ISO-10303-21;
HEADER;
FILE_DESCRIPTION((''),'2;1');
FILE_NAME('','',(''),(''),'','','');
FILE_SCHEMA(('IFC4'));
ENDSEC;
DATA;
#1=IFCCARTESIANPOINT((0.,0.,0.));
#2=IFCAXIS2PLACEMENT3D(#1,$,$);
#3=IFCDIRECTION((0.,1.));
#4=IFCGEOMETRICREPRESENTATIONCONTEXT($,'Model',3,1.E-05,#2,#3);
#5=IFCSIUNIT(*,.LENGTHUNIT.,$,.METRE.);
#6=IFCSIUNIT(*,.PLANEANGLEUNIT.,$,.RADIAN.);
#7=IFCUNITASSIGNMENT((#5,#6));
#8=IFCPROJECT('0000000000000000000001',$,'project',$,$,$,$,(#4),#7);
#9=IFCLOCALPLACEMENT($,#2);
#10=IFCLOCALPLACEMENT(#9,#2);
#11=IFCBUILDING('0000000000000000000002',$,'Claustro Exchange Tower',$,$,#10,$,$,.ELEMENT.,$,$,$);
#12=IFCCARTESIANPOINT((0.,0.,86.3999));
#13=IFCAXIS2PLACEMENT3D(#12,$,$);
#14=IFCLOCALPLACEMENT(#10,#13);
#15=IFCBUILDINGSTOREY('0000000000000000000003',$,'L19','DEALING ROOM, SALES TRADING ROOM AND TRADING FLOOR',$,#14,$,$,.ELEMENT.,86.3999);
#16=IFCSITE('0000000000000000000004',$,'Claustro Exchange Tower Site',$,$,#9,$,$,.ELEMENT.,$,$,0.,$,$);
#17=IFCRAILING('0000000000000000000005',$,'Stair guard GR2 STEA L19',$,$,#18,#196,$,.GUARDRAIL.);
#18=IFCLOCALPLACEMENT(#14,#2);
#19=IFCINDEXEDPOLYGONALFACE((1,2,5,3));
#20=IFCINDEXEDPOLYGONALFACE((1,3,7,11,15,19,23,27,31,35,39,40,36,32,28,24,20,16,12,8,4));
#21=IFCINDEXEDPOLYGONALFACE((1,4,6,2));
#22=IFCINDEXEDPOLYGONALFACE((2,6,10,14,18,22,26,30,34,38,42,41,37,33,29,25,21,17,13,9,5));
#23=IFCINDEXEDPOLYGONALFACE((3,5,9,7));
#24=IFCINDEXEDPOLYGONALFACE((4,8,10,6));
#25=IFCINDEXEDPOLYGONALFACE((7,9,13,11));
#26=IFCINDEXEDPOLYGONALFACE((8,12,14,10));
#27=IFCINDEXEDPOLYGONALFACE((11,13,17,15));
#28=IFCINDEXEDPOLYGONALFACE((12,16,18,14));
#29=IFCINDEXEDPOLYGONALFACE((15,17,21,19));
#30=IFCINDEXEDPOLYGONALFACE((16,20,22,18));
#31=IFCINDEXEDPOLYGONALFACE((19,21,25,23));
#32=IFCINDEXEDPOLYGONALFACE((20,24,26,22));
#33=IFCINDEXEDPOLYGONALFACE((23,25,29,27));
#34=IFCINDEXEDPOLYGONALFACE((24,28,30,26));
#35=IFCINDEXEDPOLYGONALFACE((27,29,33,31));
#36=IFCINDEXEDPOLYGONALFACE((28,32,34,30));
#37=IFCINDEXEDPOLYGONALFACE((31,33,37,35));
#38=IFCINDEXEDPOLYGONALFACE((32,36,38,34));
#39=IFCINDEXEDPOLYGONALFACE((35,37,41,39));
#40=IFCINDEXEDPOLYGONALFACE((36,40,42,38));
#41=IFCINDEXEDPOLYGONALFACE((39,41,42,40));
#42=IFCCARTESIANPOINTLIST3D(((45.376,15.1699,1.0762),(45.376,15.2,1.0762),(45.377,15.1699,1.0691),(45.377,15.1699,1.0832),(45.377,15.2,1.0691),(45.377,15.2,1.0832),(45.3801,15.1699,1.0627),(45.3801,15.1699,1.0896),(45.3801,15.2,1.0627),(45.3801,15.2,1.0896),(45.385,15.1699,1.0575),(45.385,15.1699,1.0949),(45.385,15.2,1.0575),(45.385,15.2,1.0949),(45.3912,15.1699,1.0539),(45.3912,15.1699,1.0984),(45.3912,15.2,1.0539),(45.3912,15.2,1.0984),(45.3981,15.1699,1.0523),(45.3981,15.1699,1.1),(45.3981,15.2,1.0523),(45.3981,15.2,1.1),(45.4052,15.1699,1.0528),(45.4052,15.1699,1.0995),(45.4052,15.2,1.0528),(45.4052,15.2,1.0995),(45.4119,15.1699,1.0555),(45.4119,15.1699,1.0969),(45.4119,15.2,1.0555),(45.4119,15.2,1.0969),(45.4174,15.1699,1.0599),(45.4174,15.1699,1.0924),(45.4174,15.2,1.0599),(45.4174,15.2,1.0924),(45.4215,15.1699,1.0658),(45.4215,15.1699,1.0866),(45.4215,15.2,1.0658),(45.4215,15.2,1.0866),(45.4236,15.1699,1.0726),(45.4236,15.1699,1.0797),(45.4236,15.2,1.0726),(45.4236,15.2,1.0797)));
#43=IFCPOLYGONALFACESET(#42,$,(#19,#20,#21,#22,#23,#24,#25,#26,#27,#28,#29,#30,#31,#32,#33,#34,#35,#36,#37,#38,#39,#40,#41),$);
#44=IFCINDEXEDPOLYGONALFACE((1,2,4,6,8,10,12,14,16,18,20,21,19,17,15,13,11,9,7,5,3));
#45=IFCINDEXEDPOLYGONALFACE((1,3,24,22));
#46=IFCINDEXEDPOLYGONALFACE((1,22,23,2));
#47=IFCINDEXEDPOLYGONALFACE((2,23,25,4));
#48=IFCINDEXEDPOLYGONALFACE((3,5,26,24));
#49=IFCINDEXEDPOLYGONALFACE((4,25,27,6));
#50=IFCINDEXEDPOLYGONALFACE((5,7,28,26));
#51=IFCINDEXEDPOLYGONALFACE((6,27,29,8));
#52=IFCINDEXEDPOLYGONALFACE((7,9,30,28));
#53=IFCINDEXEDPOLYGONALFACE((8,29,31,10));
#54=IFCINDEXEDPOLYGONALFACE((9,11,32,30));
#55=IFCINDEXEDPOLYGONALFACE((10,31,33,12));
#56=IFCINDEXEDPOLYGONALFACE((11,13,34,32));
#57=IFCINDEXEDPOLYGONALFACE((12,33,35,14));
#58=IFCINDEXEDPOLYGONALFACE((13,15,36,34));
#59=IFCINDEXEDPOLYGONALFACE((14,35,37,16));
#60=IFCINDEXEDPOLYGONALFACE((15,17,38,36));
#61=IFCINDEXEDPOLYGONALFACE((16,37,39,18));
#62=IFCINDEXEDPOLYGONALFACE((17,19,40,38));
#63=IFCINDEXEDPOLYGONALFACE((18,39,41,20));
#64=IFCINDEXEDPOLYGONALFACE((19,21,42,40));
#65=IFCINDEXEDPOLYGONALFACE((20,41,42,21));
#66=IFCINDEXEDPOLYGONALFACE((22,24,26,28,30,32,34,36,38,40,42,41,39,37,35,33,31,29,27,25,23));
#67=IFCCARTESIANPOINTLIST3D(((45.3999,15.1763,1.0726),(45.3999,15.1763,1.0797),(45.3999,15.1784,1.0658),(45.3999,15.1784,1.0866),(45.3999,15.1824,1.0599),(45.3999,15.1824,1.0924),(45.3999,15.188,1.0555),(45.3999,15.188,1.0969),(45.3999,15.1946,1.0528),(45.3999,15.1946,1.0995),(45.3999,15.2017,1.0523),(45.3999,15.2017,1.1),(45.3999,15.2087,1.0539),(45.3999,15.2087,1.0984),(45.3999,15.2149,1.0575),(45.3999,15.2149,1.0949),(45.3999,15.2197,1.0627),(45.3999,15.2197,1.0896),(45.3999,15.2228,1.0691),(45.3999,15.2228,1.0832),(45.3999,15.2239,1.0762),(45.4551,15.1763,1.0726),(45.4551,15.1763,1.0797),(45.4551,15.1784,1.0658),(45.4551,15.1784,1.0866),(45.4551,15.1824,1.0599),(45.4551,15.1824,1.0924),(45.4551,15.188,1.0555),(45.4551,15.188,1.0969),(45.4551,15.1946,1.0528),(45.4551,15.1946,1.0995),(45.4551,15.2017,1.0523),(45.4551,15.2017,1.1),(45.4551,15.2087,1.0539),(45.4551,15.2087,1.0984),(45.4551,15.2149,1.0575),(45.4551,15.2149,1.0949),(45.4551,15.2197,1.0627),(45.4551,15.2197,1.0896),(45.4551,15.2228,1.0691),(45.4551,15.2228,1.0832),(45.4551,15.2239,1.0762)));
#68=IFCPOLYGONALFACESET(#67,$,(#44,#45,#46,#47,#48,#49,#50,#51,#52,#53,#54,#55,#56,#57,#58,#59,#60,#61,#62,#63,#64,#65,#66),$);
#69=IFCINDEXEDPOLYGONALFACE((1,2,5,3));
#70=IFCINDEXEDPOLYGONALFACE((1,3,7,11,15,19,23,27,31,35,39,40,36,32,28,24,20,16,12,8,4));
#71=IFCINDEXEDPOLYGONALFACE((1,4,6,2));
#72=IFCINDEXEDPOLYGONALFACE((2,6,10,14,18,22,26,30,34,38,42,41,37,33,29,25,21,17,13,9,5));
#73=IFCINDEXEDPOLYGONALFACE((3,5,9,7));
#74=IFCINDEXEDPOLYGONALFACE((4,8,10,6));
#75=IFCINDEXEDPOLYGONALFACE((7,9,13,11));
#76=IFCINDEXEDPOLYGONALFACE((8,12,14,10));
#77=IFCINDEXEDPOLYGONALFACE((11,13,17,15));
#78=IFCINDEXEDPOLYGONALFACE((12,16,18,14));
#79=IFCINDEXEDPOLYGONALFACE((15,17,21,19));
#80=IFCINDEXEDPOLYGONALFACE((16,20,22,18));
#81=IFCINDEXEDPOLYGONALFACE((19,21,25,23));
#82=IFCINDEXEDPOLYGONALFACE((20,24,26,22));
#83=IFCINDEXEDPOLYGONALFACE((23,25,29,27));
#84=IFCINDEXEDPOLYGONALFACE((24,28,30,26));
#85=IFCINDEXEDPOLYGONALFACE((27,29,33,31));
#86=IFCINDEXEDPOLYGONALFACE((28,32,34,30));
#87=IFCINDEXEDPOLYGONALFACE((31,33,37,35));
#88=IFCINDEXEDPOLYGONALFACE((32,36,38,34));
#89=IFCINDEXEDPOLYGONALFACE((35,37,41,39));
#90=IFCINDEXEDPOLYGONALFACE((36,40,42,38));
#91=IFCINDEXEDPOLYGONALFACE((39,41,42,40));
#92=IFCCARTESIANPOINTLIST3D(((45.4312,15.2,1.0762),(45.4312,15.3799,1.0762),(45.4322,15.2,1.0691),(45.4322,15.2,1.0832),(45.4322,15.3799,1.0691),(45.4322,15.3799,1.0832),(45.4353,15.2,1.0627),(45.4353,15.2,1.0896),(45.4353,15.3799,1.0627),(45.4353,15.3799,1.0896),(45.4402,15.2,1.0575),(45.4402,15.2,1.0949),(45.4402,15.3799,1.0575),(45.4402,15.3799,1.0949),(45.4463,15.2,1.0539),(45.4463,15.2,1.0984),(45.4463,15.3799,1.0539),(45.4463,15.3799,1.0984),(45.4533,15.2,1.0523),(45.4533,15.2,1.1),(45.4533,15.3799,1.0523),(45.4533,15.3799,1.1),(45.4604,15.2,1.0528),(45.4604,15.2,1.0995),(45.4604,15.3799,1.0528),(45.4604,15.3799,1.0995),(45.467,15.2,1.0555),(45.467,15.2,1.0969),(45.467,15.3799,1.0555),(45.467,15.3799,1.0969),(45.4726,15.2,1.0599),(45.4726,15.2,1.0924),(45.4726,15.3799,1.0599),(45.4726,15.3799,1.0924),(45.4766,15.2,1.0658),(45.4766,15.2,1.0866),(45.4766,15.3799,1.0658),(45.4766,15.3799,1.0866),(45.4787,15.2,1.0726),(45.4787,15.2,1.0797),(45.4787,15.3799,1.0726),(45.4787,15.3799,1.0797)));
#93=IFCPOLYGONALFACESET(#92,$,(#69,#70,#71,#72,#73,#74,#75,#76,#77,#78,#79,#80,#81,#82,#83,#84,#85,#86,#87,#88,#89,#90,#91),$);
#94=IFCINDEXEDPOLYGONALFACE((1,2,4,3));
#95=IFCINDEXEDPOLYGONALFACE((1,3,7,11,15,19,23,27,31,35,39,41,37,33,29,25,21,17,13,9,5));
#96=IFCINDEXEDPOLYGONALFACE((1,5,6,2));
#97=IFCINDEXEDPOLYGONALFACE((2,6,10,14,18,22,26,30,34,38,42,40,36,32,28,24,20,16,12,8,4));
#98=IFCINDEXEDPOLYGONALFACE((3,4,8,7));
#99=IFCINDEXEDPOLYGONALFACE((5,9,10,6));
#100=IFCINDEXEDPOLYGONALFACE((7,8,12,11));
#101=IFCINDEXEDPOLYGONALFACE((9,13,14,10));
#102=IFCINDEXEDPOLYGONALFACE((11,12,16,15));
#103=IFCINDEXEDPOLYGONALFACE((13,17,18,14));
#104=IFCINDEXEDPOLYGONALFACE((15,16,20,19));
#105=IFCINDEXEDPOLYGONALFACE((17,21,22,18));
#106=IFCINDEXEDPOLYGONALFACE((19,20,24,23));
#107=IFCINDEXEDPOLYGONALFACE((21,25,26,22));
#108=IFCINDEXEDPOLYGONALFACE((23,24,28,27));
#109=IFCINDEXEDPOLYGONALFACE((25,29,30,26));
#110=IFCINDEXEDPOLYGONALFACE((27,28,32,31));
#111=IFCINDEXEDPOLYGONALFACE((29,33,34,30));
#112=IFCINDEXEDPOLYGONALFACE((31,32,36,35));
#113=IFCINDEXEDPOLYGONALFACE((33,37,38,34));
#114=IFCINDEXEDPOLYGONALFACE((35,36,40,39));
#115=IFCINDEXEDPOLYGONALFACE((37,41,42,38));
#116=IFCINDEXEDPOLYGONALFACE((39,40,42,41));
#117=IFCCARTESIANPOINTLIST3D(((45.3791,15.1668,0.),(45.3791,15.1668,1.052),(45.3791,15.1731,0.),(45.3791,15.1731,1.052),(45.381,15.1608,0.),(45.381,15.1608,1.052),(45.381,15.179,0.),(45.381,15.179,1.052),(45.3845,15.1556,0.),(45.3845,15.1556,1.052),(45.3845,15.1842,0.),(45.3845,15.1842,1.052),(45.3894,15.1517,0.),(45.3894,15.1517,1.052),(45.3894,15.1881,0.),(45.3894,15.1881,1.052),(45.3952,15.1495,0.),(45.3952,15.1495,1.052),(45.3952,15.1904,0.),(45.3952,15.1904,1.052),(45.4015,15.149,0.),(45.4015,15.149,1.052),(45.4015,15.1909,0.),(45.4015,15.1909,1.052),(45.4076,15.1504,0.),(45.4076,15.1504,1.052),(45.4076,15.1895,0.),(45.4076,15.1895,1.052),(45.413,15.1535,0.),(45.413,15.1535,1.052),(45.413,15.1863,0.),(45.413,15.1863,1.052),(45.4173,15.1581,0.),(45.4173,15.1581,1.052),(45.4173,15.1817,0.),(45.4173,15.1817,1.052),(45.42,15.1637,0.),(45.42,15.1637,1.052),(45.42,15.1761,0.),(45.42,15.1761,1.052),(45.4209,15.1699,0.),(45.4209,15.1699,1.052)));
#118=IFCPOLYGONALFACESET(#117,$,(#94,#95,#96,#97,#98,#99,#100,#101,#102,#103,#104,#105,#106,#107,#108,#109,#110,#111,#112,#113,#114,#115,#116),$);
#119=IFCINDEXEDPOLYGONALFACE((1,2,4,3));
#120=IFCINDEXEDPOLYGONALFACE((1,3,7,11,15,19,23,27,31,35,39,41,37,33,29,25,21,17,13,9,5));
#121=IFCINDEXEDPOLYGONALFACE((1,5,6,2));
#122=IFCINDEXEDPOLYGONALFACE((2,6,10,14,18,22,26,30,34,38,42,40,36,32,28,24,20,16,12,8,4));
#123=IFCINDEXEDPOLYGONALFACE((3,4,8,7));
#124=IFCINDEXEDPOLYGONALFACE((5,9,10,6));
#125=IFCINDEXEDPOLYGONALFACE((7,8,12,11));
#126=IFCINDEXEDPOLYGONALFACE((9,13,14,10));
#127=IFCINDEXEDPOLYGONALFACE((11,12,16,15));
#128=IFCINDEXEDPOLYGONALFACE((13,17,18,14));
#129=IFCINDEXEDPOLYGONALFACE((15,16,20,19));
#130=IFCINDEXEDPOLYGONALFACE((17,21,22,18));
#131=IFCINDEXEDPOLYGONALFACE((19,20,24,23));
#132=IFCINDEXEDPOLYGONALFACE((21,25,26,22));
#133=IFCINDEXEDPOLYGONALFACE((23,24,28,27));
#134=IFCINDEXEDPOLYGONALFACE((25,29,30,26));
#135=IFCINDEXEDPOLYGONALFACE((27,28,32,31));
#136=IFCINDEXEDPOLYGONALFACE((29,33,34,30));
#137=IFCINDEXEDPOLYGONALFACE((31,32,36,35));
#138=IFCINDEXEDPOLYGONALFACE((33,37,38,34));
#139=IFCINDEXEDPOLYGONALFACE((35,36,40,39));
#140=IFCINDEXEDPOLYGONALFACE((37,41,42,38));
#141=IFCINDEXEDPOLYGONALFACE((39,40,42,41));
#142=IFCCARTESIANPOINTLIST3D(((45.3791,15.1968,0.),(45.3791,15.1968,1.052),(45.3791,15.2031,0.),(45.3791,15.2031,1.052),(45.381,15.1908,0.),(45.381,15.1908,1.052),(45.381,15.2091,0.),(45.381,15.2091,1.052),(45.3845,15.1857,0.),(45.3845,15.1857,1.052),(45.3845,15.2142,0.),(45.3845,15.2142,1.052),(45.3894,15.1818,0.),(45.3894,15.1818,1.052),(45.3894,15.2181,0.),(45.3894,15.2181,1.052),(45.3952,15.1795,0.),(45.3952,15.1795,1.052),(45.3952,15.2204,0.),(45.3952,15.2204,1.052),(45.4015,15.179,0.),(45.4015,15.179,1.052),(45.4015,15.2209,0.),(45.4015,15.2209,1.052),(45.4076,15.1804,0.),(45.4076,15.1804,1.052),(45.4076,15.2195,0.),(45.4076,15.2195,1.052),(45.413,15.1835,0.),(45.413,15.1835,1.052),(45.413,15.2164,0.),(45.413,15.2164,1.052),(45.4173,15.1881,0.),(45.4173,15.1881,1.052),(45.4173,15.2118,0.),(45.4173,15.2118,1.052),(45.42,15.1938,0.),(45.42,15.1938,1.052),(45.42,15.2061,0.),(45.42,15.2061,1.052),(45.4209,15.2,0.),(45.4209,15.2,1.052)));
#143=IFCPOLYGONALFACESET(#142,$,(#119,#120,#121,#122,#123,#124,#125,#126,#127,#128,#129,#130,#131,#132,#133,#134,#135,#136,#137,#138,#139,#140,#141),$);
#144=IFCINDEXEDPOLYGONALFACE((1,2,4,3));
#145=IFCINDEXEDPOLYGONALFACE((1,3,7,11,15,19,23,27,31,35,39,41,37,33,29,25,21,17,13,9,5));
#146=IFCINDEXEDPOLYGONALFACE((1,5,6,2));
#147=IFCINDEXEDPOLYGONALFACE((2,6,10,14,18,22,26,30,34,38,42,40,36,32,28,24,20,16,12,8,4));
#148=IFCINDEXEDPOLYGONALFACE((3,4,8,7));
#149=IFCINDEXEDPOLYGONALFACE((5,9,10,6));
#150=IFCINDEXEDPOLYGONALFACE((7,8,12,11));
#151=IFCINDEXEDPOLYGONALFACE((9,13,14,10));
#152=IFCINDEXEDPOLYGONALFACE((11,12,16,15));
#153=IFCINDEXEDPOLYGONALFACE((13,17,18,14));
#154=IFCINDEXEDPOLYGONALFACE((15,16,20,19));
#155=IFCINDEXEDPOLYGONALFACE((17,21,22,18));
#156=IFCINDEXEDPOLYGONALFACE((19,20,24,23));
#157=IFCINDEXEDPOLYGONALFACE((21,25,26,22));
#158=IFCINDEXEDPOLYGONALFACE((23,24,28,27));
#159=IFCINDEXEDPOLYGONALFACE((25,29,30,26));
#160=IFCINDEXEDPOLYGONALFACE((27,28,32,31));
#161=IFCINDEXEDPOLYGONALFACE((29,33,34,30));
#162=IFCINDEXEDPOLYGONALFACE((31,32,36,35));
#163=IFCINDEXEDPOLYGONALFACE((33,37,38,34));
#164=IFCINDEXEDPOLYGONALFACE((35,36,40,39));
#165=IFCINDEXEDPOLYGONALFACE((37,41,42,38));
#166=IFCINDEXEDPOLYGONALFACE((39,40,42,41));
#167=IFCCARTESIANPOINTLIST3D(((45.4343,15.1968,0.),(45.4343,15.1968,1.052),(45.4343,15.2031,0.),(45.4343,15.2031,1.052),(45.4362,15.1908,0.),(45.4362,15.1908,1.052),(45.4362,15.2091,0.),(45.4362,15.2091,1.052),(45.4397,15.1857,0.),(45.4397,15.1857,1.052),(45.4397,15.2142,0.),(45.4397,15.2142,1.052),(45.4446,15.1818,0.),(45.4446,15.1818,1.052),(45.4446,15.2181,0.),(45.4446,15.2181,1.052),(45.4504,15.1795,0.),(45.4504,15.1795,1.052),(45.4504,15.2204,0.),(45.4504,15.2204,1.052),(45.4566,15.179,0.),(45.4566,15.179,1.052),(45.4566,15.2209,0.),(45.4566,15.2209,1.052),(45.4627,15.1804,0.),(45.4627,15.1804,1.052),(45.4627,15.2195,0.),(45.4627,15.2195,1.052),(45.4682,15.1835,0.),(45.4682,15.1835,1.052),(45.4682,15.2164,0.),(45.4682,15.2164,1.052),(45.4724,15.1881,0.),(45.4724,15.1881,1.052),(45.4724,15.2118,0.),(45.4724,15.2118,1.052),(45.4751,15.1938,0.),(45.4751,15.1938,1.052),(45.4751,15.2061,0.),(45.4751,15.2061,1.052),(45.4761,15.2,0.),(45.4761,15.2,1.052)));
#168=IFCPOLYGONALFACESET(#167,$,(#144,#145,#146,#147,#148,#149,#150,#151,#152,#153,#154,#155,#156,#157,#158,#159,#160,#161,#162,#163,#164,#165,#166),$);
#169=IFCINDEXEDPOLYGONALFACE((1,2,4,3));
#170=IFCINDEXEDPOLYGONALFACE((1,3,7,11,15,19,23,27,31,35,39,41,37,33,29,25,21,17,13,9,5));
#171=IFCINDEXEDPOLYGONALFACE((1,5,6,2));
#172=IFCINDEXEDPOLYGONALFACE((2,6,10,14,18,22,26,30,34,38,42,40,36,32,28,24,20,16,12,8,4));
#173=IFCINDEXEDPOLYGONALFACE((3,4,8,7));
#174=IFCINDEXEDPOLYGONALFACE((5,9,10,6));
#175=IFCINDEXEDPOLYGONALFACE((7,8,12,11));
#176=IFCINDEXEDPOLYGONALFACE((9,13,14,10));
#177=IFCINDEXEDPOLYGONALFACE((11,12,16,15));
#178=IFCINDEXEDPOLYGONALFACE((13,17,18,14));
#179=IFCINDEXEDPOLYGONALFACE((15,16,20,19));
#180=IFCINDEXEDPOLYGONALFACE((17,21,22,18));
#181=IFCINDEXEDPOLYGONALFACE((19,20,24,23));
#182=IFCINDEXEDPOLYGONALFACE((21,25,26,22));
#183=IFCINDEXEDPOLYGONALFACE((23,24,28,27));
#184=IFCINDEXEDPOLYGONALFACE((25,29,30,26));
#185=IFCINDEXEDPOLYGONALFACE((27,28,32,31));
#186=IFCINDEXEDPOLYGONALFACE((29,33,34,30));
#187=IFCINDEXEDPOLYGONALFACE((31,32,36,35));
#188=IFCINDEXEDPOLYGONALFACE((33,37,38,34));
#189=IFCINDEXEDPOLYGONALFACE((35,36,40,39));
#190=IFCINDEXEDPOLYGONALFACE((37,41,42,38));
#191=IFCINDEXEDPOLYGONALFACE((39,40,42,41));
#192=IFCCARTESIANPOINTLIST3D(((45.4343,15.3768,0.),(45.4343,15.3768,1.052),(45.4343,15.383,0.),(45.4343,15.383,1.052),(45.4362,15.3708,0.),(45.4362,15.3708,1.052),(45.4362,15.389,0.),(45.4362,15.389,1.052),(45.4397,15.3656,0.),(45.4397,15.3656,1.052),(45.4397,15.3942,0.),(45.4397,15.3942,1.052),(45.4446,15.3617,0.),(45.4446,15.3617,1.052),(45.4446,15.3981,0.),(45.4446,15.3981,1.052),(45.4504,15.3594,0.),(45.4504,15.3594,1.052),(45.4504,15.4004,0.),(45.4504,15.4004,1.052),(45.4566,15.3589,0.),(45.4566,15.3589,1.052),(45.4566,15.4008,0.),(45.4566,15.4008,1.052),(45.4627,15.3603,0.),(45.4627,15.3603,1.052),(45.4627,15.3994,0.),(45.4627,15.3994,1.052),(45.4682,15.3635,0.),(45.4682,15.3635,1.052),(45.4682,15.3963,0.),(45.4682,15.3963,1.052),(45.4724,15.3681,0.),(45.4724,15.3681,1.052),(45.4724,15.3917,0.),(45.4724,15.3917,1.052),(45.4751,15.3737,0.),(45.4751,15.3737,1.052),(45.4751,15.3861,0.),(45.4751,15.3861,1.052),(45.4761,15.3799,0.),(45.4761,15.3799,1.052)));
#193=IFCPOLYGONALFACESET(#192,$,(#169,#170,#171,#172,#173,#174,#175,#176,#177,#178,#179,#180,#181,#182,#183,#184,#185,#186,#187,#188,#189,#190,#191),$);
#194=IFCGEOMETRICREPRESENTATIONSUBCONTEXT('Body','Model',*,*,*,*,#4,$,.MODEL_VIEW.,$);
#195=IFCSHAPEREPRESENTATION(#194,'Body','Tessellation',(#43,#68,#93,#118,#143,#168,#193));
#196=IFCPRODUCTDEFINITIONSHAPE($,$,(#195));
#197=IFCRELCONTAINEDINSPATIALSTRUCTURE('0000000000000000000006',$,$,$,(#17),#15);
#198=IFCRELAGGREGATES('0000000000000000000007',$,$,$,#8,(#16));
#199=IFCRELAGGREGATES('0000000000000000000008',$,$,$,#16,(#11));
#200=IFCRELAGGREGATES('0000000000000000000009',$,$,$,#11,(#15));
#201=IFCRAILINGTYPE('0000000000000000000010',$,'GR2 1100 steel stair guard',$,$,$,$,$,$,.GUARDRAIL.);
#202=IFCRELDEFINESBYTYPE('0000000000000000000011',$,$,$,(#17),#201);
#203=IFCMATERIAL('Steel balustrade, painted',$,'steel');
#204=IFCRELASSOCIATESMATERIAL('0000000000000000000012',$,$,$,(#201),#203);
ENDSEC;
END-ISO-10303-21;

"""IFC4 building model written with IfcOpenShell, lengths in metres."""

from ifc_helpers import new_model, si_unit, direction, frame, origin, origin_2d, place, context, subcontext, project, spatial, circle, extrude, material, type_object, element, save


model = new_model("IFC4")

# Units and contexts
model_context = context("Model", 3, precision=1e-05, world=origin(), true_north=direction((0.0, 1.0)))
body_context = subcontext(model_context, "Body", "Model", "MODEL_VIEW")
ifc_project = project(units=[si_unit("LENGTHUNIT", "METRE"), si_unit("PLANEANGLEUNIT", "RADIAN")], contexts=[model_context])

# Site, building, storey
site_placement = place(None, origin())
site = spatial("IfcSite", under=ifc_project, at=site_placement, Name="Claustro Exchange Tower Site", CompositionType="ELEMENT", RefElevation=0.0)
building_placement = place(site_placement, origin())
building = spatial("IfcBuilding", under=site, at=building_placement, Name="Claustro Exchange Tower", CompositionType="ELEMENT")
storey_placement = place(building_placement, frame((0.0, 0.0, 86.3999)))
storey = spatial("IfcBuildingStorey", under=building, at=storey_placement, Name="L19", Description="DEALING ROOM, SALES TRADING ROOM AND TRADING FLOOR", CompositionType="ELEMENT", Elevation=86.3999)

# Railing
ifc_material_1 = material(Name="Steel balustrade, painted", Category="steel")
railing_type_1 = type_object("IfcRailingType", Name="GR2 1100 steel stair guard", PredefinedType="GUARDRAIL", material=ifc_material_1)
railing_1_placement = place(storey_placement, frame((45.3999, 15.1699, 0.0)))
element("IfcRailing", 1, at=railing_1_placement, inside=storey, type_object=railing_type_1, Name="Stair guard GR2 STEA L19", PredefinedType="GUARDRAIL", context=body_context, shape_type="SweptSolid", body=[
    extrude(circle(Radius=0.0239, at=origin_2d()), frame((0.0, 0.0, 1.0762), z_axis=(0.0, 1.0, 0.0), x_axis=(-1.0, 0.0, 0.0)), (0.0, 0.0, 1.0), 0.03),
    extrude(circle(Radius=0.0239, at=origin_2d()), frame((0.0, 0.03, 1.0762), z_axis=(1.0, 0.0, 0.0), x_axis=(0.0, 1.0, 0.0)), (0.0, 0.0, 1.0), 0.0552),
    extrude(circle(Radius=0.0239, at=origin_2d()), frame((0.0552, 0.03, 1.0762), z_axis=(0.0, 1.0, 0.0), x_axis=(-1.0, 0.0, 0.0)), (0.0, 0.0, 1.0), 0.1799),
    extrude(circle(Radius=0.021, at=origin_2d()), origin(), (0.0, 0.0, 1.0), 1.052),
    extrude(circle(Radius=0.021, at=origin_2d()), frame((0.0, 0.03, 0.0)), (0.0, 0.0, 1.0), 1.052),
    extrude(circle(Radius=0.021, at=origin_2d()), frame((0.0552, 0.03, 0.0)), (0.0, 0.0, 1.0), 1.052),
    extrude(circle(Radius=0.021, at=origin_2d()), frame((0.0552, 0.21, 0.0)), (0.0, 0.0, 1.0), 1.052),
])

save(model, "model.ifc")
